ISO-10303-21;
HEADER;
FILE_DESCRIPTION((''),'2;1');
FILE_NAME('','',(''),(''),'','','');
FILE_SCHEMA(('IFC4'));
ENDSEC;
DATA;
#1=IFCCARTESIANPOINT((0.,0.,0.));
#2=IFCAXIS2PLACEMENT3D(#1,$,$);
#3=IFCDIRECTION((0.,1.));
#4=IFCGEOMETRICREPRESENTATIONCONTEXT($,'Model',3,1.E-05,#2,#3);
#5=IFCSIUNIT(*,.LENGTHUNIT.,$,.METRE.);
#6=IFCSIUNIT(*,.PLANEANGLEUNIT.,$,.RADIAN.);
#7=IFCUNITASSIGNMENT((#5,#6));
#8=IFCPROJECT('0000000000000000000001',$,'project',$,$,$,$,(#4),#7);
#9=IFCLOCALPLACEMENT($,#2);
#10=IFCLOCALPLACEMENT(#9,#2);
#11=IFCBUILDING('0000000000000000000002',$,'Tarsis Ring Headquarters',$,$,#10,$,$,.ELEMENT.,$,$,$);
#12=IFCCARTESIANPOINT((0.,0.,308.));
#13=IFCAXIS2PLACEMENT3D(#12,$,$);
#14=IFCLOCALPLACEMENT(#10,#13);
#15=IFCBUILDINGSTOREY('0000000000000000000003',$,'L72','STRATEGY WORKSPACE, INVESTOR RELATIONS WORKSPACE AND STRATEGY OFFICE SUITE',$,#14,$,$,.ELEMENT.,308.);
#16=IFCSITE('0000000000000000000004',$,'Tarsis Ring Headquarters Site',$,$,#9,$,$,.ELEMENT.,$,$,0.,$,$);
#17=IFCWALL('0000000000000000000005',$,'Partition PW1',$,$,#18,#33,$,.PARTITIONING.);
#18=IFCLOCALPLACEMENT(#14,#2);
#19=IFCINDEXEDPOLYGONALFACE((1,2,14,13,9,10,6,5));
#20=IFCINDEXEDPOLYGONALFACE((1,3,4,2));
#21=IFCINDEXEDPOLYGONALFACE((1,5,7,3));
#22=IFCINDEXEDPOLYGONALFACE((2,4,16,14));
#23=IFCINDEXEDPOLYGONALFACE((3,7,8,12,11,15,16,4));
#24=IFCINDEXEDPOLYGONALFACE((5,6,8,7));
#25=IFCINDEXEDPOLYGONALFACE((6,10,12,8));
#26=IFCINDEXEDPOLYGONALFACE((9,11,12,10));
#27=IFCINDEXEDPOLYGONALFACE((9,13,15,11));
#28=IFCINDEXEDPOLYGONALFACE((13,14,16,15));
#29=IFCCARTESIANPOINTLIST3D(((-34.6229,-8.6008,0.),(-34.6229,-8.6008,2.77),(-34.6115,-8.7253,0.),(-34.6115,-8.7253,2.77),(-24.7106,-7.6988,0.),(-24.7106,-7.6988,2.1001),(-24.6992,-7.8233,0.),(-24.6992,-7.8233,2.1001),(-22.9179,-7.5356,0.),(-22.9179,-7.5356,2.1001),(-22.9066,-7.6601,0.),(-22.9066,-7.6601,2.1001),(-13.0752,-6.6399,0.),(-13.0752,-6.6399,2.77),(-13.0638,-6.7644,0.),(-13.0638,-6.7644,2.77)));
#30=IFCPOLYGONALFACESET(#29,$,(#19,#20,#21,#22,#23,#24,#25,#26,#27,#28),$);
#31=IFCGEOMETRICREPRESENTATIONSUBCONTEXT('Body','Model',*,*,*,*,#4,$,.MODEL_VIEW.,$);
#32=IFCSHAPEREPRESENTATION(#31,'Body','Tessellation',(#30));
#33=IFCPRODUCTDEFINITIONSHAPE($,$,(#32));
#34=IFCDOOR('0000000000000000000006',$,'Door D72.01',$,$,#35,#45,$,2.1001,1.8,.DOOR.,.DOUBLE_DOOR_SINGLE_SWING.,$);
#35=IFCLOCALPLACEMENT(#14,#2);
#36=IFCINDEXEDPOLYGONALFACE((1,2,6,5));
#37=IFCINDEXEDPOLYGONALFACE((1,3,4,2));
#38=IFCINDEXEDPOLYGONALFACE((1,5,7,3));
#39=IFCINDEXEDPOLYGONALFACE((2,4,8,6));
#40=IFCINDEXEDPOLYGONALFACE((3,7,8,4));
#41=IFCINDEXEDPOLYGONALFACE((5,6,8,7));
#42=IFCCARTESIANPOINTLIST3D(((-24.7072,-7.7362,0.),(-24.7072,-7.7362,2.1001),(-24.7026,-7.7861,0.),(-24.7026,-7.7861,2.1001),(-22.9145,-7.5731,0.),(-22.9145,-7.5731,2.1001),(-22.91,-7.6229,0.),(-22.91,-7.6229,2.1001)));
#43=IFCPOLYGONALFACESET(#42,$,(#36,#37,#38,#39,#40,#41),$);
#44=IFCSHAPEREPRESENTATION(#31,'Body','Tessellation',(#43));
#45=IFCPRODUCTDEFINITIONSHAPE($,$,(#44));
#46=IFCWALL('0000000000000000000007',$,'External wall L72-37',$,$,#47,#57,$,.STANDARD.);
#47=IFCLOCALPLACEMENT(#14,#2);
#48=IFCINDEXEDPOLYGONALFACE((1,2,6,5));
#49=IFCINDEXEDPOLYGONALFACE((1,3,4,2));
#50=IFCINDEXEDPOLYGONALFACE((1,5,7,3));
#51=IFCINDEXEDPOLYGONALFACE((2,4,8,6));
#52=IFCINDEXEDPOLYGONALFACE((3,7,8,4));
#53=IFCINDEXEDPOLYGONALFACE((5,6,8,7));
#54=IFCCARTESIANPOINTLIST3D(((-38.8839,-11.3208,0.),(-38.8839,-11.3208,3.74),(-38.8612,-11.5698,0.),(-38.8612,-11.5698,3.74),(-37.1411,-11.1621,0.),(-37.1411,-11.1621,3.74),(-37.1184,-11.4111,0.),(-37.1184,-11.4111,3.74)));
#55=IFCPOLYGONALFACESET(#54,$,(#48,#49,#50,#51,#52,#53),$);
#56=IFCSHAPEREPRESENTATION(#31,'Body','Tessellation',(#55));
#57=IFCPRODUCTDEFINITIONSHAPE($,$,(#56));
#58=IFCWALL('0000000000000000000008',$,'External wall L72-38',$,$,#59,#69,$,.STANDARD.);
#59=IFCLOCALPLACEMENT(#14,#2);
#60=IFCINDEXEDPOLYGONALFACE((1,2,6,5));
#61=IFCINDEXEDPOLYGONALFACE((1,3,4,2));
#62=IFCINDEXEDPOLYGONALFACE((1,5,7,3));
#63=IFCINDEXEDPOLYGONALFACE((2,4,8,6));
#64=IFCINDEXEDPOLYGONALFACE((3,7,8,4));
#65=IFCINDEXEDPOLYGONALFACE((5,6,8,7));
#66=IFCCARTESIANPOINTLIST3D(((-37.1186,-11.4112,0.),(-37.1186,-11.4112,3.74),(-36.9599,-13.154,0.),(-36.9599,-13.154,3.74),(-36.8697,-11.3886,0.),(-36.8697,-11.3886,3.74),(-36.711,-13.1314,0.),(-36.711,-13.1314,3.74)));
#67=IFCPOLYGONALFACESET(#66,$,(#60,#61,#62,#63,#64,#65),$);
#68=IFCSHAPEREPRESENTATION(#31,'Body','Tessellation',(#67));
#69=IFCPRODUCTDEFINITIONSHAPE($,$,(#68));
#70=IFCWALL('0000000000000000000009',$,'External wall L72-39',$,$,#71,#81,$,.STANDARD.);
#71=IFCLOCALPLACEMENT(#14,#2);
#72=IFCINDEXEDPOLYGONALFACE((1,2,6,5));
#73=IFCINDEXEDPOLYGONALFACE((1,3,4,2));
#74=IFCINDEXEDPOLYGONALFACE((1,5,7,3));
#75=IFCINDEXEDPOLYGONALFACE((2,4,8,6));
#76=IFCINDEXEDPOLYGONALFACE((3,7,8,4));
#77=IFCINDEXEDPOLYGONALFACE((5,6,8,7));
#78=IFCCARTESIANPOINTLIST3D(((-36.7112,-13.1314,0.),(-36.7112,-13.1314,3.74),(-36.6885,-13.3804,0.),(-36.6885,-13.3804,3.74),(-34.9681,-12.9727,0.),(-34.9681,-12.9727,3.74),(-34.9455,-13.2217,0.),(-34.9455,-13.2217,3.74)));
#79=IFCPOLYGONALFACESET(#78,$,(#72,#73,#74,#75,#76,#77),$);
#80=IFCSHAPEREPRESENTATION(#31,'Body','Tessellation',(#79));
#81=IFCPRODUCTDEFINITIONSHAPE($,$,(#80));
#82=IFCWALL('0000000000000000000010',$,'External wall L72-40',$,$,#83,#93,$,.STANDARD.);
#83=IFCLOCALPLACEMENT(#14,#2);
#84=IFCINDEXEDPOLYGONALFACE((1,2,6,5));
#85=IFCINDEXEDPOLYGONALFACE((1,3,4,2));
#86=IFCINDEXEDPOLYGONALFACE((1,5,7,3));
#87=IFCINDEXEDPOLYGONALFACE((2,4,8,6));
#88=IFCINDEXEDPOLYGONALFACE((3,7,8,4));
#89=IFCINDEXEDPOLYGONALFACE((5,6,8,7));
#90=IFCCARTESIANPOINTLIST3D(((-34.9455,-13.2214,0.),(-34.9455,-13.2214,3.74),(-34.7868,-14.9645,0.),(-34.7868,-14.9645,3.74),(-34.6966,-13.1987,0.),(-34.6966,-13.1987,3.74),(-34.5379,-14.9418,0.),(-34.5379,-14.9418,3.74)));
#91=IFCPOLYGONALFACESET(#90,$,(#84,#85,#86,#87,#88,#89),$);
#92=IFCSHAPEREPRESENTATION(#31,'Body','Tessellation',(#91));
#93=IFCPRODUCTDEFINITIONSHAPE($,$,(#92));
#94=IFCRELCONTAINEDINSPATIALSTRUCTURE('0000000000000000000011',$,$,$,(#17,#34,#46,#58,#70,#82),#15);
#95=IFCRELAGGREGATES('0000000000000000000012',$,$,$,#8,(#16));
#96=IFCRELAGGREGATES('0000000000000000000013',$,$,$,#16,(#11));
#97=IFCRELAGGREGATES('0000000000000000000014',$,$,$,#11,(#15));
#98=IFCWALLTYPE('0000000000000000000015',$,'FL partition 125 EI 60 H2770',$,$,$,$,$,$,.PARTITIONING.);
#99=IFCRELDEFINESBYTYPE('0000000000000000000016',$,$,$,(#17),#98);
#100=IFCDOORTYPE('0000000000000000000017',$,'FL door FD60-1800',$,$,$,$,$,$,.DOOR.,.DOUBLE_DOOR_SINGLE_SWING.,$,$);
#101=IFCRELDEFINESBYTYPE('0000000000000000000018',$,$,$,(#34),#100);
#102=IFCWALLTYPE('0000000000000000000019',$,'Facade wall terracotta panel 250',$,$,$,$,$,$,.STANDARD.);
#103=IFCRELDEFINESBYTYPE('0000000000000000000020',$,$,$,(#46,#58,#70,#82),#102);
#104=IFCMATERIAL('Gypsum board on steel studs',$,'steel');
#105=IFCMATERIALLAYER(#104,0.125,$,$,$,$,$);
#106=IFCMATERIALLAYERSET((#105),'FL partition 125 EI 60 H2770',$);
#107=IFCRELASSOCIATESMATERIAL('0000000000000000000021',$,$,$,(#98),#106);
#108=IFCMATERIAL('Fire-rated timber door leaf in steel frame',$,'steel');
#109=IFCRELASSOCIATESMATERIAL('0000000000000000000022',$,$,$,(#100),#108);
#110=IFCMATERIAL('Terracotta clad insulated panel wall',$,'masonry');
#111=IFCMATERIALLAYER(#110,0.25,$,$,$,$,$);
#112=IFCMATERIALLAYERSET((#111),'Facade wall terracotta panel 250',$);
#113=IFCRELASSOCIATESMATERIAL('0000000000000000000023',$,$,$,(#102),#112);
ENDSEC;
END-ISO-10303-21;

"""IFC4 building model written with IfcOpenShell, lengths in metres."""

from ifc_helpers import new_model, si_unit, direction, frame, frame_2d, origin, place, context, subcontext, project, spatial, rectangle, extrude, material, layer, layer_set, type_object, element, fill, save


model = new_model("IFC4")

# Units and contexts
model_context = context("Model", 3, precision=1e-05, world=origin(), true_north=direction((0.0, 1.0)))
body_context = subcontext(model_context, "Body", "Model", "MODEL_VIEW")
ifc_project = project(units=[si_unit("LENGTHUNIT", "METRE"), si_unit("PLANEANGLEUNIT", "RADIAN")], contexts=[model_context])

# Site, building, storey
site_placement = place(None, origin())
site = spatial("IfcSite", under=ifc_project, at=site_placement, Name="Tarsis Ring Headquarters Site", CompositionType="ELEMENT", RefElevation=0.0)
building_placement = place(site_placement, origin())
building = spatial("IfcBuilding", under=site, at=building_placement, Name="Tarsis Ring Headquarters", CompositionType="ELEMENT")
storey_placement = place(building_placement, frame((0.0, 0.0, 308.0)))
storey = spatial("IfcBuildingStorey", under=building, at=storey_placement, Name="L72", Description="STRATEGY WORKSPACE, INVESTOR RELATIONS WORKSPACE AND STRATEGY OFFICE SUITE", CompositionType="ELEMENT", Elevation=308.0)

# Wall, opening, door
ifc_material_1 = material(Name="Gypsum board on steel studs", Category="steel")
ifc_layer_1 = layer(ifc_material_1, 0.125)
ifc_layer_set_1 = layer_set([ifc_layer_1], Name="FL partition 125 EI 60 H2770")
wall_type_1 = type_object("IfcWallType", Name="FL partition 125 EI 60 H2770", PredefinedType="PARTITIONING", material=ifc_layer_set_1)
wall_placement = place(storey_placement, frame((-34.6172, -8.6631, 0.0), z_axis=(0.0, 0.0, 1.0), x_axis=(0.995885, 0.09063, 0.0)))
wall = element("IfcWall", 1, at=wall_placement, inside=storey, type_object=wall_type_1, Name="Partition PW1", PredefinedType="PARTITIONING", context=body_context, shape_type="SweptSolid", body=[
    extrude(rectangle(XDim=21.6367, YDim=0.125, at=frame_2d((10.8184, 0.0))), origin(), (0.0, 0.0, 1.0), 2.77),
])
opening_placement = place(wall_placement, frame((9.9534, 0.0, 0.0)))
opening = element("IfcOpeningElement", 2, at=opening_placement, cuts=wall, PredefinedType="OPENING", context=body_context, shape_type="SweptSolid", body=[
    extrude(rectangle(XDim=1.8, YDim=2.1001, at=frame_2d((0.8999, 1.05))), frame((0.0, 0.0725, 0.0), z_axis=(0.0, -1.0, 0.0), x_axis=(1.0, 0.0, 0.0)), (0.0, 0.0, 1.0), 0.145),
])
ifc_material_2 = material(Name="Fire-rated timber door leaf in steel frame", Category="steel")
door_type = type_object("IfcDoorType", Name="FL door FD60-1800", OperationType="DOUBLE_DOOR_SINGLE_SWING", PredefinedType="DOOR", material=ifc_material_2)
door_placement = place(opening_placement, origin())
door = element("IfcDoor", 3, at=door_placement, inside=storey, type_object=door_type, Name="Door D72.01", OperationType="DOUBLE_DOOR_SINGLE_SWING", OverallHeight=2.1001, OverallWidth=1.8, PredefinedType="DOOR", context=body_context, shape_type="SweptSolid", body=[
    extrude(rectangle(XDim=1.8, YDim=2.1001, at=frame_2d((0.8999, 1.05))), frame((0.0, 0.0249, 0.0), z_axis=(0.0, -1.0, 0.0), x_axis=(1.0, 0.0, 0.0)), (0.0, 0.0, 1.0), 0.05),
])
fill(opening, door)

# Walls
ifc_material_3 = material(Name="Terracotta clad insulated panel wall", Category="masonry")
ifc_layer_2 = layer(ifc_material_3, 0.25)
ifc_layer_set_2 = layer_set([ifc_layer_2], Name="Facade wall terracotta panel 250")
wall_type_2 = type_object("IfcWallType", Name="Facade wall terracotta panel 250", PredefinedType="STANDARD", material=ifc_layer_set_2)
for number, where, z_axis, x_axis, name in (
    (4, (-38.8726, -11.4453, 0.0), (0.0, 0.0, 1.0), (0.995879, 0.090687, 0.0), "External wall L72-37"),
    (5, (-36.9941, -11.3999, 0.0), (0.0, 0.0, 1.0), (0.090687, -0.995879, 0.0), "External wall L72-38"),
):
    element("IfcWall", number, at=place(storey_placement, frame(where, z_axis=z_axis, x_axis=x_axis)), inside=storey, type_object=wall_type_2, Name=name, PredefinedType="STANDARD", context=body_context, shape_type="SweptSolid", body=[
        extrude(rectangle(XDim=1.75, YDim=0.25, at=frame_2d((0.875, 0.0))), origin(), (0.0, 0.0, 1.0), 3.74),
    ])
for number, where, z_axis, x_axis, name in (
    (6, (-36.6997, -13.2559, 0.0), (0.0, 0.0, 1.0), (0.995881, 0.090674, 0.0), "External wall L72-39"),
    (7, (-34.821, -13.2102, 0.0), (0.0, 0.0, 1.0), (0.090674, -0.995881, 0.0), "External wall L72-40"),
):
    element("IfcWall", number, at=place(storey_placement, frame(where, z_axis=z_axis, x_axis=x_axis)), inside=storey, type_object=wall_type_2, Name=name, PredefinedType="STANDARD", context=body_context, shape_type="SweptSolid", body=[
        extrude(rectangle(XDim=1.7502, YDim=0.25, at=frame_2d((0.875, 0.0))), origin(), (0.0, 0.0, 1.0), 3.74),
    ])

save(model, "model.ifc")
